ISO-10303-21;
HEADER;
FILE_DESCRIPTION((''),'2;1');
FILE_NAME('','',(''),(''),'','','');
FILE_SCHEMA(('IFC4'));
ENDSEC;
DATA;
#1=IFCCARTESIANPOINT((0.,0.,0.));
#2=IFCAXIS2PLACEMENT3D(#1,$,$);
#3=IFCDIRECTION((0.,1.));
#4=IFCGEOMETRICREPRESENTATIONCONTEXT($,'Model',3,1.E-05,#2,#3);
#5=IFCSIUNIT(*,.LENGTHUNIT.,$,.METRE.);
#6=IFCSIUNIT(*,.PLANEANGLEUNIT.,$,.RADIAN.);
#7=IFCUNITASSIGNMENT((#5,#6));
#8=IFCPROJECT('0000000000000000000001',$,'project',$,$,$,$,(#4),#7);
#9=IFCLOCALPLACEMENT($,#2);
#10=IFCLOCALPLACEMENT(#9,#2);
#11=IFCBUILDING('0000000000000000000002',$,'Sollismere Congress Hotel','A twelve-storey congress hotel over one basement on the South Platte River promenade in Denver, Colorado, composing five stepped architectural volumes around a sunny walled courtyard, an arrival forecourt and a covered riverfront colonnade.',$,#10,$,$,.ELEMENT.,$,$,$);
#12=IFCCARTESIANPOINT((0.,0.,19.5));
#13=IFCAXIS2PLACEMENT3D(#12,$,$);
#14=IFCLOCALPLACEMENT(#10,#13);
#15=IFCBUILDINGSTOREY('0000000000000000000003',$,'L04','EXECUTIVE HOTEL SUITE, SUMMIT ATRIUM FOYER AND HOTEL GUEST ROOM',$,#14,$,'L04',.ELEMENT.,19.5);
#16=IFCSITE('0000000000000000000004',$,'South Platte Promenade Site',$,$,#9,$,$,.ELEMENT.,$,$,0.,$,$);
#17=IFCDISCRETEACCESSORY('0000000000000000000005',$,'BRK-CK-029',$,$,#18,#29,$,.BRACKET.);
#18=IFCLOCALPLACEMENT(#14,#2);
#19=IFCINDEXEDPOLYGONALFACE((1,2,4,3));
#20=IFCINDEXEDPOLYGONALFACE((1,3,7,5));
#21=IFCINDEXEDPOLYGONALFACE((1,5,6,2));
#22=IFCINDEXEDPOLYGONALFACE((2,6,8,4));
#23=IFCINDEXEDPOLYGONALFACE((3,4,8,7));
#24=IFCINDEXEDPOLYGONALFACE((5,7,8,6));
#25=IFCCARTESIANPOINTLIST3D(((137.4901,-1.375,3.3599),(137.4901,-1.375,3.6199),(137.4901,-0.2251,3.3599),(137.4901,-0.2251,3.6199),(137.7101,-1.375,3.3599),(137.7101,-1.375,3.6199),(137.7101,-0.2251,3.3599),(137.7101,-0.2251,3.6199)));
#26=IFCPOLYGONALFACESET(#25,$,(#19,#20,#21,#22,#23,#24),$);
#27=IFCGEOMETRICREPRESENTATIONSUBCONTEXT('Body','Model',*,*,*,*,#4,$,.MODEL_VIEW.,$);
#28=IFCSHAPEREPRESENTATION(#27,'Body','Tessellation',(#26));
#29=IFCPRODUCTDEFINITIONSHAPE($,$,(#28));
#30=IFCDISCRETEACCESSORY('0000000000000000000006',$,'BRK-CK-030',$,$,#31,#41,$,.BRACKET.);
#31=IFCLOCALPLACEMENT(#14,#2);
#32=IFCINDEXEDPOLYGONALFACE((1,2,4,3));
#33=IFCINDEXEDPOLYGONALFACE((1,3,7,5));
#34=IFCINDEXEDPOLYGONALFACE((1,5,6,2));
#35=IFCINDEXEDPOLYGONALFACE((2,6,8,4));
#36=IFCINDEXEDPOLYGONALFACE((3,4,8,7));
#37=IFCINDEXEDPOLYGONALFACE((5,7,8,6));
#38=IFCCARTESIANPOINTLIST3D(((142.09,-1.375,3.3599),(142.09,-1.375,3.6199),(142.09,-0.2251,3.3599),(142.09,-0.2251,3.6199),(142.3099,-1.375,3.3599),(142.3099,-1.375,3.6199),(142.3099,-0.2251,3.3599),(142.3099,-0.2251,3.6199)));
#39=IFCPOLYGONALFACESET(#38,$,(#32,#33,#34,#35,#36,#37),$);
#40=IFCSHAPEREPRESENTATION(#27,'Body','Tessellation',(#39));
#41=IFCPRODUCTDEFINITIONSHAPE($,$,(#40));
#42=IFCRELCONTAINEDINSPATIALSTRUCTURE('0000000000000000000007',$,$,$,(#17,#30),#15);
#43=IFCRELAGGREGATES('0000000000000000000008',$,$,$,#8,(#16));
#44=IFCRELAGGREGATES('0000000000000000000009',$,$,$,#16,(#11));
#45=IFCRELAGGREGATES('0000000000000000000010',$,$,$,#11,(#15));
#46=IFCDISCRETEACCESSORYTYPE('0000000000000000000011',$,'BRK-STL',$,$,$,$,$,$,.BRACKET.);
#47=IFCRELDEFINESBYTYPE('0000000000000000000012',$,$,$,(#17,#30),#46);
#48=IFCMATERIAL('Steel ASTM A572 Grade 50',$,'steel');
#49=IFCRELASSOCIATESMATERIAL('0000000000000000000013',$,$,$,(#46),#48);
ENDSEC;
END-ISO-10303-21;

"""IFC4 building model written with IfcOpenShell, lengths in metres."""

from ifc_helpers import new_model, si_unit, direction, frame, origin, origin_2d, place, context, subcontext, project, spatial, rectangle, extrude, material, type_object, element, save


model = new_model("IFC4")

# Units and contexts
model_context = context("Model", 3, precision=1e-05, world=origin(), true_north=direction((0.0, 1.0)))
body_context = subcontext(model_context, "Body", "Model", "MODEL_VIEW")
ifc_project = project(units=[si_unit("LENGTHUNIT", "METRE"), si_unit("PLANEANGLEUNIT", "RADIAN")], contexts=[model_context])

# Site, building, storey
site_placement = place(None, origin())
site = spatial("IfcSite", under=ifc_project, at=site_placement, Name="South Platte Promenade Site", CompositionType="ELEMENT", RefElevation=0.0)
building_placement = place(site_placement, origin())
building = spatial("IfcBuilding", under=site, at=building_placement, Name="Sollismere Congress Hotel", Description="A twelve-storey congress hotel over one basement on the South Platte River promenade in Denver, Colorado, composing five stepped architectural volumes around a sunny walled courtyard, an arrival forecourt and a covered riverfront colonnade.", CompositionType="ELEMENT")
storey_placement = place(building_placement, frame((0.0, 0.0, 19.5)))
storey = spatial("IfcBuildingStorey", under=building, at=storey_placement, Name="L04", Description="EXECUTIVE HOTEL SUITE, SUMMIT ATRIUM FOYER AND HOTEL GUEST ROOM", LongName="L04", CompositionType="ELEMENT", Elevation=19.5)

# Discrete accessories
ifc_material_1 = material(Name="Steel ASTM A572 Grade 50", Category="steel")
discrete_accessory_type = type_object("IfcDiscreteAccessoryType", Name="BRK-STL", PredefinedType="BRACKET", material=ifc_material_1)
for number, where, z_axis, x_axis, name in (
    (1, (137.6001, -0.8, 3.3599), (0.0, 0.0, 1.0), (1.0, 0.0, 0.0), "BRK-CK-029"),
    (2, (142.2, -0.8, 3.3599), (0.0, 0.0, 1.0), (1.0, 0.0, 0.0), "BRK-CK-030"),
):
    element("IfcDiscreteAccessory", number, at=place(storey_placement, frame(where, z_axis=z_axis, x_axis=x_axis)), inside=storey, type_object=discrete_accessory_type, Name=name, PredefinedType="BRACKET", context=body_context, shape_type="SweptSolid", body=[
        extrude(rectangle(XDim=0.22, YDim=1.1499, at=origin_2d()), origin(), (0.0, 0.0, 1.0), 0.26),
    ])

save(model, "model.ifc")
